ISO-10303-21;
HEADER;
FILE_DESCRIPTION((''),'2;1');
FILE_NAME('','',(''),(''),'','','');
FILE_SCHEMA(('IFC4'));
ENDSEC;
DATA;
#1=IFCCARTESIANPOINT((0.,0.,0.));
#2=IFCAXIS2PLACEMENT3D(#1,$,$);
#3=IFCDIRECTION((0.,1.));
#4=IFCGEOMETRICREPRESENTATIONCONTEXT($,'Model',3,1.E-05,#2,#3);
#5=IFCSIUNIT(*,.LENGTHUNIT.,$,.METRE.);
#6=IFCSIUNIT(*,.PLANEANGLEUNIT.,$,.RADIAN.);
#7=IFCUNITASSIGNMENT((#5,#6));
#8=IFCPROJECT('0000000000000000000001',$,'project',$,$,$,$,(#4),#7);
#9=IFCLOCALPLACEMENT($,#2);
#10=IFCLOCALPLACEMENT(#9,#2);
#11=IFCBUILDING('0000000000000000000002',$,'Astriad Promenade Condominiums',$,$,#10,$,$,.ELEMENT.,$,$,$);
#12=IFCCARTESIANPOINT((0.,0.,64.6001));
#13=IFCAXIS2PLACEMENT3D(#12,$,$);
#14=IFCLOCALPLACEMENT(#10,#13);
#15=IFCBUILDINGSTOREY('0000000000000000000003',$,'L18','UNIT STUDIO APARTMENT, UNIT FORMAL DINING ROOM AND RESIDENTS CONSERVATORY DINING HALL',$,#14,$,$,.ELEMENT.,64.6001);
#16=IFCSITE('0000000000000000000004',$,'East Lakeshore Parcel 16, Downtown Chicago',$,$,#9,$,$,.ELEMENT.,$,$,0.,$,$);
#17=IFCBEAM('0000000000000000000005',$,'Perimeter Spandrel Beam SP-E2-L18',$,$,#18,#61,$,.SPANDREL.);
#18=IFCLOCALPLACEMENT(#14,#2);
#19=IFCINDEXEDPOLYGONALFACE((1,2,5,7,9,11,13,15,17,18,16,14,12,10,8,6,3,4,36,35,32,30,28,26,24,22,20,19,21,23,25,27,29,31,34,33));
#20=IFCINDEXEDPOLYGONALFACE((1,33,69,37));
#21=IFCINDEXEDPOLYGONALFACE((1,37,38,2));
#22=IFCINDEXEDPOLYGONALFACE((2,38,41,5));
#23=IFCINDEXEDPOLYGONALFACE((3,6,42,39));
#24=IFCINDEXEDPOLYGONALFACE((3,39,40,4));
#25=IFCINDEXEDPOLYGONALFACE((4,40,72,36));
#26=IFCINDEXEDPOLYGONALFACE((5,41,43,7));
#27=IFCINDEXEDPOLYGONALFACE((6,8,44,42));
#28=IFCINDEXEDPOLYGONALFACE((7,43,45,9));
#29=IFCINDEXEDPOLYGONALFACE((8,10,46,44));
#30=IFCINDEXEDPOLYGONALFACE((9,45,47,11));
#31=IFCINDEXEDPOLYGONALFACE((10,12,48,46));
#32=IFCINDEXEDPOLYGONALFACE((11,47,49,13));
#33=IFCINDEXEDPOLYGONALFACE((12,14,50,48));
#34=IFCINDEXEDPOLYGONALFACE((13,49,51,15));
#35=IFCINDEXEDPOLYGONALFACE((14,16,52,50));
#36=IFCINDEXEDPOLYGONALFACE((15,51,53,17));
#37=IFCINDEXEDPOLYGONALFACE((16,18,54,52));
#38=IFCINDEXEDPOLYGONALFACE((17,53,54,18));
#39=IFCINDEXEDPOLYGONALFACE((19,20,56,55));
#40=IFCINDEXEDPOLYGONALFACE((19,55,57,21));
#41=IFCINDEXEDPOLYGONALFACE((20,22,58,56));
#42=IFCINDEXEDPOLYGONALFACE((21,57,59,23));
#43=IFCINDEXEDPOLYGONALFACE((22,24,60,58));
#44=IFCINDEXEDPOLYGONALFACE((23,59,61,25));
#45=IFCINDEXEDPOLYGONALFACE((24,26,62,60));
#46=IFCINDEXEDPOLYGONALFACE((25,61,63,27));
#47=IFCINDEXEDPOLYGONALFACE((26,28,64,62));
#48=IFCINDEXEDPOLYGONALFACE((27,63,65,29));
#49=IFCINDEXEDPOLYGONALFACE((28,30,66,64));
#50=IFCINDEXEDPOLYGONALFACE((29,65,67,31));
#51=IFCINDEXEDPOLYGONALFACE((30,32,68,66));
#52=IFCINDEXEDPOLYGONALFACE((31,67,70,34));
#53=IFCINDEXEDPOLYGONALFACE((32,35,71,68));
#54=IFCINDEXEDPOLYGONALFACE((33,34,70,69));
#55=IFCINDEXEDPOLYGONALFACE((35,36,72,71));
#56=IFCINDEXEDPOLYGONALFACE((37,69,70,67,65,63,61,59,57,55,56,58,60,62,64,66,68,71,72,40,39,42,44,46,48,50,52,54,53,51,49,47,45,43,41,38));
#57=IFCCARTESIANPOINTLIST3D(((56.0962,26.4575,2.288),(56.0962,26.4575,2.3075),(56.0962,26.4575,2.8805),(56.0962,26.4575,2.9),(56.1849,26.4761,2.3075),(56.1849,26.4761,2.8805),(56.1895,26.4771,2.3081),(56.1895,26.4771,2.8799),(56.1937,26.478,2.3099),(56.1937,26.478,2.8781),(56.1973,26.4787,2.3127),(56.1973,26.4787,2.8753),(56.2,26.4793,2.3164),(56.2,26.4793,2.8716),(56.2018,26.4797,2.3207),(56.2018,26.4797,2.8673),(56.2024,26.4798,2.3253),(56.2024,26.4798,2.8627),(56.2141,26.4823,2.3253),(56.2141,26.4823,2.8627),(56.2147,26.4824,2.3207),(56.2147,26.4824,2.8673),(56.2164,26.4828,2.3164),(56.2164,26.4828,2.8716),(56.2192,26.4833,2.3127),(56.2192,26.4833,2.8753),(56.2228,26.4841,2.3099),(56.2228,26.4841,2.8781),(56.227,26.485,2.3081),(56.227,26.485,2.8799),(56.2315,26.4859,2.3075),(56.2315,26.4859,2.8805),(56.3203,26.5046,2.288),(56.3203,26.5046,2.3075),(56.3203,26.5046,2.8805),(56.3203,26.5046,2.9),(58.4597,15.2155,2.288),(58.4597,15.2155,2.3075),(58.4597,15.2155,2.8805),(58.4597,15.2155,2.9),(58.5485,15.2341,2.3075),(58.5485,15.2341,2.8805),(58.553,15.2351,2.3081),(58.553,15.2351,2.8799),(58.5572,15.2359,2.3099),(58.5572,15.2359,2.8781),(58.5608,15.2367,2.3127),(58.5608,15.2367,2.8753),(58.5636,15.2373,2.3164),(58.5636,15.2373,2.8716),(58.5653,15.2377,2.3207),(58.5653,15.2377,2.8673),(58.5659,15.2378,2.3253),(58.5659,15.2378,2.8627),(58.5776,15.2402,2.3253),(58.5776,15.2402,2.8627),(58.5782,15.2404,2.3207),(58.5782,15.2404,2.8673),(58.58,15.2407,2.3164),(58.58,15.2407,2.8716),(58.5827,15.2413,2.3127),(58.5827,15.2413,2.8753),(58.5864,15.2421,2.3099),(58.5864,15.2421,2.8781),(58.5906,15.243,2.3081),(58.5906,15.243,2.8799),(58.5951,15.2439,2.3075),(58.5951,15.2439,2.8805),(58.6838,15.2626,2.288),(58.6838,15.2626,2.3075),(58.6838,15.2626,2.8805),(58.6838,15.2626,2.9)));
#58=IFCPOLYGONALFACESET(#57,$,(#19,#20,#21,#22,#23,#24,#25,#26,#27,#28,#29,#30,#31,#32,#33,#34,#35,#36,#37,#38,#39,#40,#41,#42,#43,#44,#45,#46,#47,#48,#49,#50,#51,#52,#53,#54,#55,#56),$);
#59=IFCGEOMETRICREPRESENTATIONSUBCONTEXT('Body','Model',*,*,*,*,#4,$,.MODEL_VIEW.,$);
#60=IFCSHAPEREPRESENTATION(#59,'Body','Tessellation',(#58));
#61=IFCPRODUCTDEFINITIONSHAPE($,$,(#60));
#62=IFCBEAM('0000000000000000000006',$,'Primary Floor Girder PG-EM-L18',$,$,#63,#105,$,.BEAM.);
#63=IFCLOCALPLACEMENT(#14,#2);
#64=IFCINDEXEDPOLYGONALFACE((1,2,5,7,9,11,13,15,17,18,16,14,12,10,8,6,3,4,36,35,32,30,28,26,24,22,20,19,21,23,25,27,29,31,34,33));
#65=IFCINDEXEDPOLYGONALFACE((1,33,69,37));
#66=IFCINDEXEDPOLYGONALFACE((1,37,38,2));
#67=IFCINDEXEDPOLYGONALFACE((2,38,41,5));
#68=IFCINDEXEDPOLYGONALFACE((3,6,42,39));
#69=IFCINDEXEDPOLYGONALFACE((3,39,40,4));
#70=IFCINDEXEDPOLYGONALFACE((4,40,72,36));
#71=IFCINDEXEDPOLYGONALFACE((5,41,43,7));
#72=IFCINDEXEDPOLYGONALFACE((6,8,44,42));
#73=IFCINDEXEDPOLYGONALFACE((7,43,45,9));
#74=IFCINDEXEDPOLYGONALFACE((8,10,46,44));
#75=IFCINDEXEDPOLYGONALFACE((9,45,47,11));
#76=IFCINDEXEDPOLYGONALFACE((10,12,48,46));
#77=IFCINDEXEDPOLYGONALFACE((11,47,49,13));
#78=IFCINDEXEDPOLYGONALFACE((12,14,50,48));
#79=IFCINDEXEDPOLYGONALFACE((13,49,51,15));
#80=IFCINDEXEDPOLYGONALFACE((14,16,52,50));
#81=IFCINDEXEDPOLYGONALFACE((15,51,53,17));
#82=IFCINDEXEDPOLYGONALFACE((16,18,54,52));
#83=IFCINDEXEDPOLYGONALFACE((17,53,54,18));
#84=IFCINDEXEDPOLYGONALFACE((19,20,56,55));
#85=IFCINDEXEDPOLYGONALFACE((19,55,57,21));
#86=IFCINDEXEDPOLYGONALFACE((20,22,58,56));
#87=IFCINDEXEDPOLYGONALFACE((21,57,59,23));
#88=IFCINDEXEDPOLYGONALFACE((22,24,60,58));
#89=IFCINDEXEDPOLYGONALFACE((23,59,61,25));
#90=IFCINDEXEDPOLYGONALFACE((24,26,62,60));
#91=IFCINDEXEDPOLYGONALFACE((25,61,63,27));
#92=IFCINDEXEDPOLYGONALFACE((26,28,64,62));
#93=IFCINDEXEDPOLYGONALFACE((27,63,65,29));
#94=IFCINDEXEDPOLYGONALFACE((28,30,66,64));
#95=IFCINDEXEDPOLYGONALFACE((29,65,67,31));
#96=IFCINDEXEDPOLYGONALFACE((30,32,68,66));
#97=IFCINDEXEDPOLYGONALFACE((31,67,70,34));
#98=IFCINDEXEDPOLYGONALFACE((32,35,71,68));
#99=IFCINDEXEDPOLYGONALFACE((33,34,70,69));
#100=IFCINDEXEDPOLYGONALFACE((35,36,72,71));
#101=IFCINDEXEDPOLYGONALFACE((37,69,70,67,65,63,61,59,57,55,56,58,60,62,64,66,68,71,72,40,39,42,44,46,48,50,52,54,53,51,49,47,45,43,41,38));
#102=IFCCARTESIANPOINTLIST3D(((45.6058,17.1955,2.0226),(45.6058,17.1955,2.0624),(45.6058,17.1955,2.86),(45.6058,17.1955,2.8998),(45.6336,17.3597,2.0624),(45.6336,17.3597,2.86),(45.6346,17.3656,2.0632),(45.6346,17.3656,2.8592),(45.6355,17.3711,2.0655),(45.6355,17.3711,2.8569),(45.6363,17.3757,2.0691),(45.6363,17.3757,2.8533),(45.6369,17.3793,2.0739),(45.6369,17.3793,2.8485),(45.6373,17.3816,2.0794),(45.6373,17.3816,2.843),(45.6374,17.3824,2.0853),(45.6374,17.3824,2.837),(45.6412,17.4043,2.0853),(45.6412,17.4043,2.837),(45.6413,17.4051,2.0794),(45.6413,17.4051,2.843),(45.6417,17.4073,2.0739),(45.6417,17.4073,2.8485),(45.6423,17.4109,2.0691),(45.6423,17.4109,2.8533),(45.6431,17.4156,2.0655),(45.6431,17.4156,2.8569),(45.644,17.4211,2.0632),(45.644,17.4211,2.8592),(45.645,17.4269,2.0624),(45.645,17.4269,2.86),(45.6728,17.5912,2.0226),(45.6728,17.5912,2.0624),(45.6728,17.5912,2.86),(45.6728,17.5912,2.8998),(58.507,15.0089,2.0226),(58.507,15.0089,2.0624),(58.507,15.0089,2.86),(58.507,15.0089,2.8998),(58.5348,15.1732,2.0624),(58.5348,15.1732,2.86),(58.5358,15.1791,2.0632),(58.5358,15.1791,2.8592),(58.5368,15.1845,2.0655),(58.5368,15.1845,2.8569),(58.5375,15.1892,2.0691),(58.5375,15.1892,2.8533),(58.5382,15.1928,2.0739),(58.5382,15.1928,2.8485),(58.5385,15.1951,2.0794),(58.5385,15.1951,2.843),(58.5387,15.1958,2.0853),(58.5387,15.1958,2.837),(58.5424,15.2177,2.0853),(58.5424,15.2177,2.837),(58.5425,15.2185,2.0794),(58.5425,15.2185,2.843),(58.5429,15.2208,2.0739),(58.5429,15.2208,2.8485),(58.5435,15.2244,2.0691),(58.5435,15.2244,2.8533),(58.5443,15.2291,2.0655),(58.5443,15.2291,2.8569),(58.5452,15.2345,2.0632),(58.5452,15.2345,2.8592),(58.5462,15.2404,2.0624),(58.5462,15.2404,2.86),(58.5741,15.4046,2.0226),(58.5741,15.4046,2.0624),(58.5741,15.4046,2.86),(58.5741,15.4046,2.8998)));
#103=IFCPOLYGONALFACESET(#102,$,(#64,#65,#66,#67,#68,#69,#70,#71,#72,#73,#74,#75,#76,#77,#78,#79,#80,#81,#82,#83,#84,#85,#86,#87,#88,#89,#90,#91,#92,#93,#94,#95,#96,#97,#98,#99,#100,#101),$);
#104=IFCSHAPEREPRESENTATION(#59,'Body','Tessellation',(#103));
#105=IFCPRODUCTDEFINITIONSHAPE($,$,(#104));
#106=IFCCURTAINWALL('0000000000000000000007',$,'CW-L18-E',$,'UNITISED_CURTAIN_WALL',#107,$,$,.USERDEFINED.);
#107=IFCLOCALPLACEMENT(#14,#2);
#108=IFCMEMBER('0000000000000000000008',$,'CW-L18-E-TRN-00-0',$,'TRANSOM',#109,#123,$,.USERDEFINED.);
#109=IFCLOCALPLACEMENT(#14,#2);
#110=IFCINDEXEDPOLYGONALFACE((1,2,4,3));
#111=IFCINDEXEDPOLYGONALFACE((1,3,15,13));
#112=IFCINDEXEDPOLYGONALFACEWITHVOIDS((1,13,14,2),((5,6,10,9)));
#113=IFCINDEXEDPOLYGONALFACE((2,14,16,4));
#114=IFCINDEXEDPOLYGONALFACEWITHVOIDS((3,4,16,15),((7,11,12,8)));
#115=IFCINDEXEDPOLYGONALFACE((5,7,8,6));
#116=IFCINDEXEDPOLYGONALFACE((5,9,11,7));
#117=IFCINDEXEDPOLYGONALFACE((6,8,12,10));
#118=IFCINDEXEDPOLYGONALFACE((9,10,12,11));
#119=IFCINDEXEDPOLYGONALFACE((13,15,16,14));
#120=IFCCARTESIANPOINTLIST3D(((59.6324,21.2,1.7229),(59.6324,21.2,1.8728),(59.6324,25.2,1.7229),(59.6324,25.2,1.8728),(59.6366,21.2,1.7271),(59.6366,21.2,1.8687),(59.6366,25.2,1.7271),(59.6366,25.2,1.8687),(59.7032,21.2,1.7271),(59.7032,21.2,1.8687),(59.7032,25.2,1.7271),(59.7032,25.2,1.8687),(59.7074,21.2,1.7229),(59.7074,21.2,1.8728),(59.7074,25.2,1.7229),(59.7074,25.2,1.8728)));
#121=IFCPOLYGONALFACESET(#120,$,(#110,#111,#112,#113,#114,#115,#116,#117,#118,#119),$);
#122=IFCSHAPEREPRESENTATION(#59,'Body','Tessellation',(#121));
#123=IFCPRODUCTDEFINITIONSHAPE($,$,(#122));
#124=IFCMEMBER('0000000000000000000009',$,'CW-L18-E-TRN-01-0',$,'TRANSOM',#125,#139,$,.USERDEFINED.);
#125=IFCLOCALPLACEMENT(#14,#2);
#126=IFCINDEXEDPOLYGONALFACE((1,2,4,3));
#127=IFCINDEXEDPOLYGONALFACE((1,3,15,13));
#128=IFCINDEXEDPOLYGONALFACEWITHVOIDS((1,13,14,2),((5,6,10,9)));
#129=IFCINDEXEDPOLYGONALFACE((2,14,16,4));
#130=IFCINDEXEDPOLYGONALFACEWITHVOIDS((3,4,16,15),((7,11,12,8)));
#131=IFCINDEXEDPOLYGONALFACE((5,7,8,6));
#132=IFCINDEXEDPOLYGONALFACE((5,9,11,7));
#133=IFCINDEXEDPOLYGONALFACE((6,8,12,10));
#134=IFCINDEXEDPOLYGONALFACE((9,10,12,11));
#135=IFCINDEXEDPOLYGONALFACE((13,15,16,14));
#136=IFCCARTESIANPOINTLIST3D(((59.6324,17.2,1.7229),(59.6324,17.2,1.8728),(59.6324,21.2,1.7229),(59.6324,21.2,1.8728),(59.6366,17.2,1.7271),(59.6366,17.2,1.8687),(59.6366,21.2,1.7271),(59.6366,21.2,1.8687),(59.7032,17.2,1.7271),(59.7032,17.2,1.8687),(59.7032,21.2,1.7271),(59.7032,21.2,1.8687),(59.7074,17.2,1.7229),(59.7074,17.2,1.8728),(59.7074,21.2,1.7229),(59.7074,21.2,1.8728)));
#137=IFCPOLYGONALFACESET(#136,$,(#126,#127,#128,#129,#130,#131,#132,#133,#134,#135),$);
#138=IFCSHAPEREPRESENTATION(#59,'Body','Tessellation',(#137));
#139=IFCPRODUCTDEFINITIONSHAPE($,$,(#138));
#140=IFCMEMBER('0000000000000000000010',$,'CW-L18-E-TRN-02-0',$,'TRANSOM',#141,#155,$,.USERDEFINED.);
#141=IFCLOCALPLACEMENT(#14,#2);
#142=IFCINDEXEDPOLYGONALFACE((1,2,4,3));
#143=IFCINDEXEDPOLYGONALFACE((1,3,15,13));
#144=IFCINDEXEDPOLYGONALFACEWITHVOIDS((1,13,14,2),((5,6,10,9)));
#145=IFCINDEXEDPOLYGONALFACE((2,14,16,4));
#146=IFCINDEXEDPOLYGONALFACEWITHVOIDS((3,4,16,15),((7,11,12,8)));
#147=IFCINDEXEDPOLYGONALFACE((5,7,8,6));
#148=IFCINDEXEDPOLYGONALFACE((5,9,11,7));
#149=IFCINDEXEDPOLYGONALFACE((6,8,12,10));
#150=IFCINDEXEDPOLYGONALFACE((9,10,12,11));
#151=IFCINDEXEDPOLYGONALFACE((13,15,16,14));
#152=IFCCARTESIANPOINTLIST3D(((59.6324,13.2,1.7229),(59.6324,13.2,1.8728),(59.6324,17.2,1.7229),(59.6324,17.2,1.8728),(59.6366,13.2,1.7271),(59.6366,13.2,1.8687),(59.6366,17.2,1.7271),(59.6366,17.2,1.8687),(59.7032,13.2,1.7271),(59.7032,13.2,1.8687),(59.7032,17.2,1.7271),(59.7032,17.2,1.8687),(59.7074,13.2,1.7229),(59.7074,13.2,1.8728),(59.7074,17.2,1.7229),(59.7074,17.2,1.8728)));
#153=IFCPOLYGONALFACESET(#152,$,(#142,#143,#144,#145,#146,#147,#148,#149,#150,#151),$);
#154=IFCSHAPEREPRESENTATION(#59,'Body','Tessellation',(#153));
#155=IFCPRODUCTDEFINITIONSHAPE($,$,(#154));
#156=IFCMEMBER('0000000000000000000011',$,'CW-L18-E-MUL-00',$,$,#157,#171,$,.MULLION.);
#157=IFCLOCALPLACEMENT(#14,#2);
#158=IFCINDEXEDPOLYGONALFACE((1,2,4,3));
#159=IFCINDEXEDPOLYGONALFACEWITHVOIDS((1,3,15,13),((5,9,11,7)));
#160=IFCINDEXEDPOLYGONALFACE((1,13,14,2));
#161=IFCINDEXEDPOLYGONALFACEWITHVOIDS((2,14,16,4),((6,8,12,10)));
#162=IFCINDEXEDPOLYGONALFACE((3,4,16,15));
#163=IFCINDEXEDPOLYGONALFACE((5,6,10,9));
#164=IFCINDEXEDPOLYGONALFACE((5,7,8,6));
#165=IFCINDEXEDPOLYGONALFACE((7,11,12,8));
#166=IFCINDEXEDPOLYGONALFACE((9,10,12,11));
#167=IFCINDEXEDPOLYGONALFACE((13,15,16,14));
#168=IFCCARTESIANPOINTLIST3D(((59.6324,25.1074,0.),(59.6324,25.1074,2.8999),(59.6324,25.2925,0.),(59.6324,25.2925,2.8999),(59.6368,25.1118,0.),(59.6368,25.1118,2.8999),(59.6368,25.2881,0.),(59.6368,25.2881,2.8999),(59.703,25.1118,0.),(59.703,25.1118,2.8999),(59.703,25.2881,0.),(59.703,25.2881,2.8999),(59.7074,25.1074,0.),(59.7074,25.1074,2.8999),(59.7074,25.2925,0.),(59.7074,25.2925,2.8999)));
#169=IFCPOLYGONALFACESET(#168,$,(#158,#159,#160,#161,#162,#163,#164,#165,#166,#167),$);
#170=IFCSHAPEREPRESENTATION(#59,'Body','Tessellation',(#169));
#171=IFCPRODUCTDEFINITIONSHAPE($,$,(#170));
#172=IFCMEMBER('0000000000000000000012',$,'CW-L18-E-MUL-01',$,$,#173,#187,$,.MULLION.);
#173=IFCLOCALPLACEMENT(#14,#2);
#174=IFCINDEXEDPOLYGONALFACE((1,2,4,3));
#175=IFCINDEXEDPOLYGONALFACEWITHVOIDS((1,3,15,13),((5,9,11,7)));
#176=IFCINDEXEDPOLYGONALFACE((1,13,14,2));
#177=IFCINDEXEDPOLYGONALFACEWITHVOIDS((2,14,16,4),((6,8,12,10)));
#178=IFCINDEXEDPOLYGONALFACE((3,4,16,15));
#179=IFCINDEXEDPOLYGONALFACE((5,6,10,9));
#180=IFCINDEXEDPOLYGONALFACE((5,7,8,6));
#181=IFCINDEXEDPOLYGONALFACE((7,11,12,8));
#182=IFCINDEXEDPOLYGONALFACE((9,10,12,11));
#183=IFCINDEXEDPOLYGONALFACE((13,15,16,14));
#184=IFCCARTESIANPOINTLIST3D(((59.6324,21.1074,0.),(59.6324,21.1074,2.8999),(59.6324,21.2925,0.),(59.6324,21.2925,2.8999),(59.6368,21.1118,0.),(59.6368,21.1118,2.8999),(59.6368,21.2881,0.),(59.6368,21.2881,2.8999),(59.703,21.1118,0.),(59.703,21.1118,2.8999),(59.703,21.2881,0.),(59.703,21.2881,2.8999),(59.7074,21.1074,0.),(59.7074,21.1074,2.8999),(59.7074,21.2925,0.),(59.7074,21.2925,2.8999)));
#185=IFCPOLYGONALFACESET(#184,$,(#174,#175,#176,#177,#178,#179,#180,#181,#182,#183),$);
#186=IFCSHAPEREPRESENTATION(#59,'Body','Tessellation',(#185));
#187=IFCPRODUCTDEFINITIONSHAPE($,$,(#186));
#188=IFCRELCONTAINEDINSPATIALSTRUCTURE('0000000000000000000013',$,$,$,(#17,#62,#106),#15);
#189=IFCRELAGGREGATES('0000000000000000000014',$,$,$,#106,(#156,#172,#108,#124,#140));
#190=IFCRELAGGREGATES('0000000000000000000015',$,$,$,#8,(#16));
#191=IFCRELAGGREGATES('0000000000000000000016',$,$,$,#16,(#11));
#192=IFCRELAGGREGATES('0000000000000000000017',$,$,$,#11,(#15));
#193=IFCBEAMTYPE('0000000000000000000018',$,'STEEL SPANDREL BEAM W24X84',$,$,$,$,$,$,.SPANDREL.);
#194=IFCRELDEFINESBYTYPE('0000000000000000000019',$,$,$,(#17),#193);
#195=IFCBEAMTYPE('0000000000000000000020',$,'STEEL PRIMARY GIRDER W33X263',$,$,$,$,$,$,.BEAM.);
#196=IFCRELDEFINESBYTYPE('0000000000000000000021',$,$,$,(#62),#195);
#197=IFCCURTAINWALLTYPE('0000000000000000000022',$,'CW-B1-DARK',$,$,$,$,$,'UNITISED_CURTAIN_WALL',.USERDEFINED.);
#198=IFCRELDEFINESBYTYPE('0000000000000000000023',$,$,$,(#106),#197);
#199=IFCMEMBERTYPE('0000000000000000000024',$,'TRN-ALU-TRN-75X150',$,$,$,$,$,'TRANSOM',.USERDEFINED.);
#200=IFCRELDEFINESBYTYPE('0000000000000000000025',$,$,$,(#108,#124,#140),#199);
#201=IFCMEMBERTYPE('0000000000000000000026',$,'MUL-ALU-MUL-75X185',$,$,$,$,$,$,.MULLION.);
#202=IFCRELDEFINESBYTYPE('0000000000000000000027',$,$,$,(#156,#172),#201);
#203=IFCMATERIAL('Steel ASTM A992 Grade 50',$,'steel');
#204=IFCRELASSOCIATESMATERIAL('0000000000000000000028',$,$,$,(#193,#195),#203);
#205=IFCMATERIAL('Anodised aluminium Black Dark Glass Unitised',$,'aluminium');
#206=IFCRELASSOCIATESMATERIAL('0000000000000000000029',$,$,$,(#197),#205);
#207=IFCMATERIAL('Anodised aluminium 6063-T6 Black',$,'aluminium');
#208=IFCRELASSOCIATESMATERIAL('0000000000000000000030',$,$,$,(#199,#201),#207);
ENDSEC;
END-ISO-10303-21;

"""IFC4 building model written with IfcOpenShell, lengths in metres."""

from ifc_helpers import new_model, si_unit, direction, frame, origin, origin_2d, place, context, subcontext, project, spatial, hollow_rectangle, i_section, extrude, source, transform, mapped, material, material_profile, profile_set, type_object, type_shapes, element, aggregate, save


model = new_model("IFC4")

# Units and contexts
model_context = context("Model", 3, precision=1e-05, world=origin(), true_north=direction((0.0, 1.0)))
body_context = subcontext(model_context, "Body", "Model", "MODEL_VIEW")
ifc_project = project(units=[si_unit("LENGTHUNIT", "METRE"), si_unit("PLANEANGLEUNIT", "RADIAN")], contexts=[model_context])

# Site, building, storey
site_placement = place(None, origin())
site = spatial("IfcSite", under=ifc_project, at=site_placement, Name="East Lakeshore Parcel 16, Downtown Chicago", CompositionType="ELEMENT", RefElevation=0.0)
building_placement = place(site_placement, origin())
building = spatial("IfcBuilding", under=site, at=building_placement, Name="Astriad Promenade Condominiums", CompositionType="ELEMENT")
storey_placement = place(building_placement, frame((0.0, 0.0, 64.6001)))
storey = spatial("IfcBuildingStorey", under=building, at=storey_placement, Name="L18", Description="UNIT STUDIO APARTMENT, UNIT FORMAL DINING ROOM AND RESIDENTS CONSERVATORY DINING HALL", CompositionType="ELEMENT", Elevation=64.6001)

# Beams
ifc_material_1 = material(Name="Steel ASTM A992 Grade 50", Category="steel")
ifc_material_profile_1 = material_profile(ifc_material_1, i_section(OverallWidth=0.229, OverallDepth=0.6121, WebThickness=0.012, FlangeThickness=0.0195, FilletRadius=0.0178, at=origin_2d()), Name="W24X84")
ifc_profile_set_1 = profile_set([ifc_material_profile_1], Name="Steel ASTM A992 Grade 50")
beam_type_1 = type_object("IfcBeamType", Name="STEEL SPANDREL BEAM W24X84", PredefinedType="SPANDREL", material=ifc_profile_set_1)
shared_shape_1 = source(origin(), body_context, "Body", "SweptSolid", [
    extrude(i_section(OverallWidth=0.229, OverallDepth=0.6121, WebThickness=0.012, FlangeThickness=0.0195, FilletRadius=0.0178, at=origin_2d()), origin(), (0.0, 0.0, 1.0), 11.4878),
])
type_shapes(beam_type_1, [shared_shape_1])
beam_1_placement = place(storey_placement, frame((58.5718, 15.239, 2.594), z_axis=(-0.205744, 0.978606, 0.0), x_axis=(-0.978606, -0.205744, 0.0)))
element("IfcBeam", 1, at=beam_1_placement, inside=storey, type_object=beam_type_1, Name="Perimeter Spandrel Beam SP-E2-L18", PredefinedType="SPANDREL", context=body_context, shape_type="MappedRepresentation", body=[
    mapped(shared_shape_1, transform((0.0, 0.0, 0.0), scale=1.0)),
])
ifc_material_profile_2 = material_profile(ifc_material_1, i_section(OverallWidth=0.4014, OverallDepth=0.8772, WebThickness=0.0222, FlangeThickness=0.0398, FilletRadius=0.0229, at=origin_2d()), Name="W33X263")
ifc_profile_set_2 = profile_set([ifc_material_profile_2], Name="Steel ASTM A992 Grade 50")
beam_type_2 = type_object("IfcBeamType", Name="STEEL PRIMARY GIRDER W33X263", PredefinedType="BEAM", material=ifc_profile_set_2)
shared_shape_2 = source(origin(), body_context, "Body", "SweptSolid", [
    extrude(i_section(OverallWidth=0.4014, OverallDepth=0.8772, WebThickness=0.0222, FlangeThickness=0.0398, FilletRadius=0.0229, at=origin_2d()), origin(), (0.0, 0.0, 1.0), 13.0852),
])
type_shapes(beam_type_2, [shared_shape_2])
beam_2_placement = place(storey_placement, frame((58.5405, 15.2068, 2.4612), z_axis=(-0.98594, 0.1671, 0.0), x_axis=(-0.1671, -0.98594, 0.0)))
element("IfcBeam", 2, at=beam_2_placement, inside=storey, type_object=beam_type_2, Name="Primary Floor Girder PG-EM-L18", PredefinedType="BEAM", context=body_context, shape_type="MappedRepresentation", body=[
    mapped(shared_shape_2, transform((0.0, 0.0, 0.0), scale=1.0)),
])

# Curtain wall, members
ifc_material_2 = material(Name="Anodised aluminium Black Dark Glass Unitised", Category="aluminium")
curtain_wall_type = type_object("IfcCurtainWallType", Name="CW-B1-DARK", ElementType="UNITISED_CURTAIN_WALL", PredefinedType="USERDEFINED", material=ifc_material_2)
curtain_wall_placement = place(storey_placement, origin())
curtain_wall = element("IfcCurtainWall", 3, at=curtain_wall_placement, inside=storey, type_object=curtain_wall_type, Name="CW-L18-E", ObjectType="UNITISED_CURTAIN_WALL", PredefinedType="USERDEFINED")
ifc_material_3 = material(Name="Anodised aluminium 6063-T6 Black", Category="aluminium")
ifc_material_profile_3 = material_profile(ifc_material_3, hollow_rectangle(XDim=0.075, YDim=0.1499, WallThickness=0.0042, at=origin_2d()), Name="ALU-TRN-75X150")
ifc_profile_set_3 = profile_set([ifc_material_profile_3], Name="Anodised aluminium 6063-T6 Black")
member_type_1 = type_object("IfcMemberType", Name="TRN-ALU-TRN-75X150", ElementType="TRANSOM", PredefinedType="USERDEFINED", material=ifc_profile_set_3)
shared_shape_3 = source(origin(), body_context, "Body", "SweptSolid", [
    extrude(hollow_rectangle(XDim=0.075, YDim=0.1499, WallThickness=0.0042, at=origin_2d()), origin(), (0.0, 0.0, 1.0), 4.0),
])
type_shapes(member_type_1, [shared_shape_3])
member_1_placement = place(storey_placement, frame((59.6699, 25.2, 1.7979), z_axis=(0.0, -1.0, 0.0), x_axis=(1.0, 0.0, 0.0)))
member_1 = element("IfcMember", 4, at=member_1_placement, type_object=member_type_1, Name="CW-L18-E-TRN-00-0", ObjectType="TRANSOM", PredefinedType="USERDEFINED", context=body_context, shape_type="MappedRepresentation", body=[
    mapped(shared_shape_3, transform((0.0, 0.0, 0.0), scale=1.0)),
])
member_2_placement = place(storey_placement, frame((59.6699, 21.2, 1.7979), z_axis=(0.0, -1.0, 0.0), x_axis=(1.0, 0.0, 0.0)))
member_2 = element("IfcMember", 5, at=member_2_placement, type_object=member_type_1, Name="CW-L18-E-TRN-01-0", ObjectType="TRANSOM", PredefinedType="USERDEFINED", context=body_context, shape_type="MappedRepresentation", body=[
    mapped(shared_shape_3, transform((0.0, 0.0, 0.0), scale=1.0)),
])
member_3_placement = place(storey_placement, frame((59.6699, 17.2, 1.7979), z_axis=(0.0, -1.0, 0.0), x_axis=(1.0, 0.0, 0.0)))
member_3 = element("IfcMember", 6, at=member_3_placement, type_object=member_type_1, Name="CW-L18-E-TRN-02-0", ObjectType="TRANSOM", PredefinedType="USERDEFINED", context=body_context, shape_type="MappedRepresentation", body=[
    mapped(shared_shape_3, transform((0.0, 0.0, 0.0), scale=1.0)),
])
ifc_material_profile_4 = material_profile(ifc_material_3, hollow_rectangle(XDim=0.075, YDim=0.1851, WallThickness=0.0044, at=origin_2d()), Name="ALU-MUL-75X185")
ifc_profile_set_4 = profile_set([ifc_material_profile_4], Name="Anodised aluminium 6063-T6 Black")
member_type_2 = type_object("IfcMemberType", Name="MUL-ALU-MUL-75X185", PredefinedType="MULLION", material=ifc_profile_set_4)
shared_shape_4 = source(origin(), body_context, "Body", "SweptSolid", [
    extrude(hollow_rectangle(XDim=0.075, YDim=0.1851, WallThickness=0.0044, at=origin_2d()), origin(), (0.0, 0.0, 1.0), 2.8999),
])
type_shapes(member_type_2, [shared_shape_4])
member_4_placement = place(storey_placement, frame((59.6699, 25.2, 0.0), z_axis=(0.0, 0.0, 1.0), x_axis=(1.0, 0.0, 0.0)))
member_4 = element("IfcMember", 7, at=member_4_placement, type_object=member_type_2, Name="CW-L18-E-MUL-00", PredefinedType="MULLION", context=body_context, shape_type="MappedRepresentation", body=[
    mapped(shared_shape_4, transform((0.0, 0.0, 0.0), scale=1.0)),
])
member_5_placement = place(storey_placement, frame((59.6699, 21.2, 0.0), z_axis=(0.0, 0.0, 1.0), x_axis=(1.0, 0.0, 0.0)))
member_5 = element("IfcMember", 8, at=member_5_placement, type_object=member_type_2, Name="CW-L18-E-MUL-01", PredefinedType="MULLION", context=body_context, shape_type="MappedRepresentation", body=[
    mapped(shared_shape_4, transform((0.0, 0.0, 0.0), scale=1.0)),
])
aggregate(curtain_wall, [member_4, member_5, member_1, member_2, member_3])

save(model, "model.ifc")
